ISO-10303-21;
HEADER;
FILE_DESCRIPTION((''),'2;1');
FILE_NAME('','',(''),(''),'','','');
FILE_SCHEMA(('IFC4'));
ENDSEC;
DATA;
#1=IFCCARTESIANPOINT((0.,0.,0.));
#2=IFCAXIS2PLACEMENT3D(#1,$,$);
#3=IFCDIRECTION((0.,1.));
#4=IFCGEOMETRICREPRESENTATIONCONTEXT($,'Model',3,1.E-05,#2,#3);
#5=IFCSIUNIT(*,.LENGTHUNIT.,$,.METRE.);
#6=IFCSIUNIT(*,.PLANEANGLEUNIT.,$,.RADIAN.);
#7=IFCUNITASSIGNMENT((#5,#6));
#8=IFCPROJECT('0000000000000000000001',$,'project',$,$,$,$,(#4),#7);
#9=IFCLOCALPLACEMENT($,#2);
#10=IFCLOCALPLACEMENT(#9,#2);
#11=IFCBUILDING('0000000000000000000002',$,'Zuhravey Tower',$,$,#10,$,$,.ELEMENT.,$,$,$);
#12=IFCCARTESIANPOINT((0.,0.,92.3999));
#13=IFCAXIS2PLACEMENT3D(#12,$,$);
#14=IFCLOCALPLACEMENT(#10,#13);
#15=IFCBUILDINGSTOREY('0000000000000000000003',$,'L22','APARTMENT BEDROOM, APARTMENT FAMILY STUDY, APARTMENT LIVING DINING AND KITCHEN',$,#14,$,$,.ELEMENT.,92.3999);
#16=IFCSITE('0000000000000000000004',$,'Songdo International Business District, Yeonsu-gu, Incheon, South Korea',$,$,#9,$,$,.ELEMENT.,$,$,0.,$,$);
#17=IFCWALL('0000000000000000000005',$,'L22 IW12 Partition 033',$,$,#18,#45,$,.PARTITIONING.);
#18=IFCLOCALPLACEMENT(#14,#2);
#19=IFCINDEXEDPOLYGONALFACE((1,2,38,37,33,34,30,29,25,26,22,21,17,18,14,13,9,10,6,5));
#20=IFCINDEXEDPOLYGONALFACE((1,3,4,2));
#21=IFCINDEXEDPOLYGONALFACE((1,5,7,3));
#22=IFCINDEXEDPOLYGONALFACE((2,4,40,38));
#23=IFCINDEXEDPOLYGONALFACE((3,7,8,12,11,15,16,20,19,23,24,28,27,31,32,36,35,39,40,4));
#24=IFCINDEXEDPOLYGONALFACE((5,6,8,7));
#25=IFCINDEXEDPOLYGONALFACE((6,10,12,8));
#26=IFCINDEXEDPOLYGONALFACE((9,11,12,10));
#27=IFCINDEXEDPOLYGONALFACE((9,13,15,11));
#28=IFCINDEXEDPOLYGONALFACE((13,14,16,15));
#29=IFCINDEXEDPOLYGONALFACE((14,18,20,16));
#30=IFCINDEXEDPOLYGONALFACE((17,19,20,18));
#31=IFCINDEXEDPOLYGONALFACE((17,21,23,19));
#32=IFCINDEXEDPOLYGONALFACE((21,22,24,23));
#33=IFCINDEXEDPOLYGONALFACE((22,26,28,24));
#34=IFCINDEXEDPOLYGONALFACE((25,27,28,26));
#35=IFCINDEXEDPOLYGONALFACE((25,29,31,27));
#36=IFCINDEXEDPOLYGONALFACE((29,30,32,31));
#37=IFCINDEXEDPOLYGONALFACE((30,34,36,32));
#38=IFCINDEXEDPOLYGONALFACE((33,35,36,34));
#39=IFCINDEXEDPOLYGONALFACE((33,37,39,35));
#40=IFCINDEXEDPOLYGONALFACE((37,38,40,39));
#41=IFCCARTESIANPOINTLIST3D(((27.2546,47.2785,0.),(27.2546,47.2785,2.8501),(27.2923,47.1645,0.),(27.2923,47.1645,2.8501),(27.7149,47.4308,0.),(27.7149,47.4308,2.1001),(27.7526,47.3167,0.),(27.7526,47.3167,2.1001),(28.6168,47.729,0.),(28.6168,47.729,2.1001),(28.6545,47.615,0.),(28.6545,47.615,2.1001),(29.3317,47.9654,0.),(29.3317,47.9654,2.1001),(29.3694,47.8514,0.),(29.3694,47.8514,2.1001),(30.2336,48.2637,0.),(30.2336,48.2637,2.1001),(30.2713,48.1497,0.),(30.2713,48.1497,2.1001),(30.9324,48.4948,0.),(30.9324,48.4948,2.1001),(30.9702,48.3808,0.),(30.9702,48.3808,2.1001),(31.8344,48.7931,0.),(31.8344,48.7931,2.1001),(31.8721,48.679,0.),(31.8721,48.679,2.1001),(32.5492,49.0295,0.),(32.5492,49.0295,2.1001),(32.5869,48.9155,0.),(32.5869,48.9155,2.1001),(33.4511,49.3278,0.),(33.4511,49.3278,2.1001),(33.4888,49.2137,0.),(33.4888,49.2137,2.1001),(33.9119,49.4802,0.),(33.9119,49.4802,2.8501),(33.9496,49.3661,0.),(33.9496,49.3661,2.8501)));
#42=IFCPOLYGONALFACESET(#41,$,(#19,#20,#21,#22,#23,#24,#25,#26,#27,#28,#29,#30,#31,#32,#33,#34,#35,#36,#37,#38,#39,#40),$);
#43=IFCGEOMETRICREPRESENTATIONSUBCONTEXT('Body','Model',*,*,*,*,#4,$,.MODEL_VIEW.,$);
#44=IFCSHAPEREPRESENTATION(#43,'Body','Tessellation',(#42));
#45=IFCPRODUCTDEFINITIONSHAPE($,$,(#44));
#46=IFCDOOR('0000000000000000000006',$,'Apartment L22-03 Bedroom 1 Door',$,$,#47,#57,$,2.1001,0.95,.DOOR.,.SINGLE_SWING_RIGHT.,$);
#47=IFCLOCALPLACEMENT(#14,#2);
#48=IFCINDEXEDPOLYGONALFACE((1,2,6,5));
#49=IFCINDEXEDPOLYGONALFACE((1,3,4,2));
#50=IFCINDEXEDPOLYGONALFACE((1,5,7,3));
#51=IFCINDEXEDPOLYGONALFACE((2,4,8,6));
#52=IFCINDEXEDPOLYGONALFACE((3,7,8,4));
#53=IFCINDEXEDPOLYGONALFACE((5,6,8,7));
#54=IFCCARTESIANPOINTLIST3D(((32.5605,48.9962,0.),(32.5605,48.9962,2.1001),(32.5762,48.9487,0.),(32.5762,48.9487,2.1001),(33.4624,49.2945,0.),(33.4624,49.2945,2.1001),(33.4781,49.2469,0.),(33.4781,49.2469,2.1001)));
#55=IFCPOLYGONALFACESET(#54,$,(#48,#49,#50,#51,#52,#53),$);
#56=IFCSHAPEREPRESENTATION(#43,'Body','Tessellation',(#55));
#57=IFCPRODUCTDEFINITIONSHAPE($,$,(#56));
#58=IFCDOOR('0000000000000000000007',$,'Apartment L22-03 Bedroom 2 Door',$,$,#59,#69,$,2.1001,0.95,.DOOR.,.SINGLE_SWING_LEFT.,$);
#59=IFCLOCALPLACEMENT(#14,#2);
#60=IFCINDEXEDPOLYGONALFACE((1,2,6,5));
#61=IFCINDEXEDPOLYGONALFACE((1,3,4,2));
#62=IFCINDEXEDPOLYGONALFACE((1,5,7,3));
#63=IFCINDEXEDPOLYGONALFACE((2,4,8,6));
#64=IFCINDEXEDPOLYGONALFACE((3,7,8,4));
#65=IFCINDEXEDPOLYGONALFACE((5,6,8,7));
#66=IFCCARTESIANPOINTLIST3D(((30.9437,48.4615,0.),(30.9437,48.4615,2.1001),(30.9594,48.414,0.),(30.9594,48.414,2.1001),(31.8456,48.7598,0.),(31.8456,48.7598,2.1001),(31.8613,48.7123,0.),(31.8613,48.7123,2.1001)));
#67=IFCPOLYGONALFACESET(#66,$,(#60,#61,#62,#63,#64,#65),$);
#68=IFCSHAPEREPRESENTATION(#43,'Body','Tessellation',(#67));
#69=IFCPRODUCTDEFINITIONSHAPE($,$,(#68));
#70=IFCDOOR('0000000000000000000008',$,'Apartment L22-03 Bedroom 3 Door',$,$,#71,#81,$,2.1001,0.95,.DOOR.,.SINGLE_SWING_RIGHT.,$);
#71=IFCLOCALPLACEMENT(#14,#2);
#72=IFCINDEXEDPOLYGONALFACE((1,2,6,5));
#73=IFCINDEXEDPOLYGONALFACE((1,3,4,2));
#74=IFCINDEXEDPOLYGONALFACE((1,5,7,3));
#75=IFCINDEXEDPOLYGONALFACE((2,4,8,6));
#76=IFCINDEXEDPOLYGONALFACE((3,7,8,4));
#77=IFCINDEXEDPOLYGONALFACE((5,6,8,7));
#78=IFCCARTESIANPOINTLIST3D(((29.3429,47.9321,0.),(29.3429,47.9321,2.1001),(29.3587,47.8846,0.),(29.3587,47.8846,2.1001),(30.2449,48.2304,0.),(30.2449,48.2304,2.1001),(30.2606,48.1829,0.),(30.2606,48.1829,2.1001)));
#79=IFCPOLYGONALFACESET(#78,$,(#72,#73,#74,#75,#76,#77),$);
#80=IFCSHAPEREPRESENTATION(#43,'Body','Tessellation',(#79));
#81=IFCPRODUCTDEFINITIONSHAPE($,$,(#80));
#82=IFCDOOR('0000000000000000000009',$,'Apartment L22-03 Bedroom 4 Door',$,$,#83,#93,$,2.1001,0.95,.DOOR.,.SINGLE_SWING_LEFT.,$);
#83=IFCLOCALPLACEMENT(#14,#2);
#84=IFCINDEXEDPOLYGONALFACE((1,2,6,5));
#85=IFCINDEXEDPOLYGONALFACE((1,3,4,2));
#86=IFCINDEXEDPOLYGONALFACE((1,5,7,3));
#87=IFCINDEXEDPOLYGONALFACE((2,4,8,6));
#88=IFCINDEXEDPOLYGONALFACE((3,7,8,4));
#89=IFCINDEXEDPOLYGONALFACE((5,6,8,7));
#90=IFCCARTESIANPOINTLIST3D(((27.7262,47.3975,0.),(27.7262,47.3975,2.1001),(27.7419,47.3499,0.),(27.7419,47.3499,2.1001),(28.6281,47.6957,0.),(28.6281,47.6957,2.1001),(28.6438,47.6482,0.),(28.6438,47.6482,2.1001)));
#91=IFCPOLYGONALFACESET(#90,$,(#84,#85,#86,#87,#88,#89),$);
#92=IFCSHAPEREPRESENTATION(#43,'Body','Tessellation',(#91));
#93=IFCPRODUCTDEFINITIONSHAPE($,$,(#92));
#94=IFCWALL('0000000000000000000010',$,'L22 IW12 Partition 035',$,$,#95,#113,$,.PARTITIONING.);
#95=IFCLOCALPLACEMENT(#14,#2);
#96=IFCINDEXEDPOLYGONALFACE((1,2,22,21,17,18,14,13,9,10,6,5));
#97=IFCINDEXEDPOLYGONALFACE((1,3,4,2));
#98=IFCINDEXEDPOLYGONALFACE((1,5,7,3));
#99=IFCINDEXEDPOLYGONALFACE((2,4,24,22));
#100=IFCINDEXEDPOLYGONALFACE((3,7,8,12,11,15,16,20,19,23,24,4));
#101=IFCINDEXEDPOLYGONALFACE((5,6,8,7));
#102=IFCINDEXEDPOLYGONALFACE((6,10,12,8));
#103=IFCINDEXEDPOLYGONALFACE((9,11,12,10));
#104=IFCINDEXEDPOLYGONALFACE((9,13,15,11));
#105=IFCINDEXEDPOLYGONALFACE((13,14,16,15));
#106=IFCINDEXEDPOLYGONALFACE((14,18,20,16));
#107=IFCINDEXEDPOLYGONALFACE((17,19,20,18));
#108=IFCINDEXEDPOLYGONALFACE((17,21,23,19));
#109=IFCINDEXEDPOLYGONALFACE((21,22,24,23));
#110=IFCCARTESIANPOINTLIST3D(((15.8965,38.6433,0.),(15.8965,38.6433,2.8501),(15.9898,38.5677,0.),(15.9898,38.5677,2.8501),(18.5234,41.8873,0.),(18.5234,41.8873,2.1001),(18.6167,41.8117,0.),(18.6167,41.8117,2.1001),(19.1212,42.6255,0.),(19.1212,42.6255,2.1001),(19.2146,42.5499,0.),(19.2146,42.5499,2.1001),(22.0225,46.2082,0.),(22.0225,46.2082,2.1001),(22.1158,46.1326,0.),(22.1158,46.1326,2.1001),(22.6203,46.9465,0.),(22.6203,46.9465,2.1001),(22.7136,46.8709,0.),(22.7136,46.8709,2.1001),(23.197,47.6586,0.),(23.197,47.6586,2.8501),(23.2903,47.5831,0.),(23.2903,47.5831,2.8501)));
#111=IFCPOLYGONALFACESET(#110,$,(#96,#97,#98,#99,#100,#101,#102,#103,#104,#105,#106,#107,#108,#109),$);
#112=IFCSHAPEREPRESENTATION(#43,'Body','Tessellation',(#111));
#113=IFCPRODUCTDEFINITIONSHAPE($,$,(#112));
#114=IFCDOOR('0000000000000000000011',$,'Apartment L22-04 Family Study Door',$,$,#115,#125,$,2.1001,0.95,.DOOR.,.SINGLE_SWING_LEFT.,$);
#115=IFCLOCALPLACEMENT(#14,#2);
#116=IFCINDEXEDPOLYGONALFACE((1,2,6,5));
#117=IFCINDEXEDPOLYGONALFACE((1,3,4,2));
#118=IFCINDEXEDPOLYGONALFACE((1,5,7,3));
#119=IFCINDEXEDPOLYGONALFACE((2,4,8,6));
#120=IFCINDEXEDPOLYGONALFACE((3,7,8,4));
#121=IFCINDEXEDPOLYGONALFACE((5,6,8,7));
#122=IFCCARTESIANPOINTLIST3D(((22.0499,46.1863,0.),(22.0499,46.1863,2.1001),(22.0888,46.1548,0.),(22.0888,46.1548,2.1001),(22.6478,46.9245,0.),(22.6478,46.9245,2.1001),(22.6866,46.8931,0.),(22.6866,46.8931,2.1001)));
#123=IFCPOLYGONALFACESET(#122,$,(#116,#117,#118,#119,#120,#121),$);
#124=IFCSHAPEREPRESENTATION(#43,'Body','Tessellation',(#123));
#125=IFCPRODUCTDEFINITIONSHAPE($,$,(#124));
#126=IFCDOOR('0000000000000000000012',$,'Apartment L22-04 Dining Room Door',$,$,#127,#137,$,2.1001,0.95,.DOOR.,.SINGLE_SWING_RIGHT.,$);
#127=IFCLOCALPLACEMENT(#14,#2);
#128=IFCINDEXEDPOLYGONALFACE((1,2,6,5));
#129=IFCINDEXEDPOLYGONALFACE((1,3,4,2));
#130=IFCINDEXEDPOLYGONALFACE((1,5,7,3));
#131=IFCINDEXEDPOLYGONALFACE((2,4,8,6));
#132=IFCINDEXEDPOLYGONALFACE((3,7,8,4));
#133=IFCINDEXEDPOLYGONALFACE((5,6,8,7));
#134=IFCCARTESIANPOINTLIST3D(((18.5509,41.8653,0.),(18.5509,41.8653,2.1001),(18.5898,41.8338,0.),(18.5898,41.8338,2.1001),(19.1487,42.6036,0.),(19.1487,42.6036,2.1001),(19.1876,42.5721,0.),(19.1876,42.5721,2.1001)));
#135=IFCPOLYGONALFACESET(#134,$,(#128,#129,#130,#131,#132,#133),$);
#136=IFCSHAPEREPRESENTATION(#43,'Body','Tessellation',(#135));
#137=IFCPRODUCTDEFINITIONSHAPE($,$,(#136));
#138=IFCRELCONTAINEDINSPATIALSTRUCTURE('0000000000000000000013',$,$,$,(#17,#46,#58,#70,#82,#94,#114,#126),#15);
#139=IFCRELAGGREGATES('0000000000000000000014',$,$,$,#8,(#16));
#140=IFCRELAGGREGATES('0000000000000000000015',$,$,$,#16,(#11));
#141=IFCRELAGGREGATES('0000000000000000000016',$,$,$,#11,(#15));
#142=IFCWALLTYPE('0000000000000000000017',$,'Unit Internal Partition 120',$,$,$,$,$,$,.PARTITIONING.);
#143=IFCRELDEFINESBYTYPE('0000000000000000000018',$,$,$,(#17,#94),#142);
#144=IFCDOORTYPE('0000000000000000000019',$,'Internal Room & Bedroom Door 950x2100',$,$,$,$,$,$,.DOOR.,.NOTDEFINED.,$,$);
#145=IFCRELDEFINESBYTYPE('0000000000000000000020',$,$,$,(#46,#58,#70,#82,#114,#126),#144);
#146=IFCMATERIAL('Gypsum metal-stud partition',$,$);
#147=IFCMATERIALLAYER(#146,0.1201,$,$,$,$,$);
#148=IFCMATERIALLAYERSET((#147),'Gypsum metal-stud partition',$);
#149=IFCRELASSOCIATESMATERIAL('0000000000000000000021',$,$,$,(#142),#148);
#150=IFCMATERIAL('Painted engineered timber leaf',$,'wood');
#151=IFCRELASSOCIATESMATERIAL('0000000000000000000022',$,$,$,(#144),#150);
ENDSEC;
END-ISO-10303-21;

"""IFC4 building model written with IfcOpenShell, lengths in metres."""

from ifc_helpers import new_model, si_unit, direction, frame, frame_2d, origin, place, context, subcontext, project, spatial, rectangle, extrude, material, layer, layer_set, type_object, element, fill, save


model = new_model("IFC4")

# Units and contexts
model_context = context("Model", 3, precision=1e-05, world=origin(), true_north=direction((0.0, 1.0)))
body_context = subcontext(model_context, "Body", "Model", "MODEL_VIEW")
ifc_project = project(units=[si_unit("LENGTHUNIT", "METRE"), si_unit("PLANEANGLEUNIT", "RADIAN")], contexts=[model_context])

# Site, building, storey
site_placement = place(None, origin())
site = spatial("IfcSite", under=ifc_project, at=site_placement, Name="Songdo International Business District, Yeonsu-gu, Incheon, South Korea", CompositionType="ELEMENT", RefElevation=0.0)
building_placement = place(site_placement, origin())
building = spatial("IfcBuilding", under=site, at=building_placement, Name="Zuhravey Tower", CompositionType="ELEMENT")
storey_placement = place(building_placement, frame((0.0, 0.0, 92.3999)))
storey = spatial("IfcBuildingStorey", under=building, at=storey_placement, Name="L22", Description="APARTMENT BEDROOM, APARTMENT FAMILY STUDY, APARTMENT LIVING DINING AND KITCHEN", CompositionType="ELEMENT", Elevation=92.3999)

# Walls, openings, doors
ifc_material_1 = material(Name="Gypsum metal-stud partition")
ifc_layer_1 = layer(ifc_material_1, 0.1201)
ifc_layer_set_1 = layer_set([ifc_layer_1], Name="Gypsum metal-stud partition")
wall_type_1 = type_object("IfcWallType", Name="Unit Internal Partition 120", PredefinedType="PARTITIONING", material=ifc_layer_set_1)
ifc_material_2 = material(Name="Painted engineered timber leaf", Category="wood")
door_type_1 = type_object("IfcDoorType", Name="Internal Room & Bedroom Door 950x2100", OperationType="NOTDEFINED", PredefinedType="DOOR", material=ifc_material_2)
wall_1_placement = place(storey_placement, frame((33.9307, 49.4231, 0.0), z_axis=(0.0, 0.0, 1.0), x_axis=(-0.949429, -0.313981, 0.0)))
wall_1 = element("IfcWall", 1, at=wall_1_placement, inside=storey, type_object=wall_type_1, Name="L22 IW12 Partition 033", PredefinedType="PARTITIONING", context=body_context, shape_type="SweptSolid", body=[
    extrude(rectangle(XDim=7.012, YDim=0.1201, at=frame_2d((3.5059, 0.0))), origin(), (0.0, 0.0, 1.0), 2.8501),
])
opening_1_placement = place(wall_1_placement, frame((0.4851, 0.0, 0.0)))
opening_1 = element("IfcOpeningElement", 2, at=opening_1_placement, cuts=wall_1, PredefinedType="OPENING", context=body_context, shape_type="SweptSolid", body=[
    extrude(rectangle(XDim=0.95, YDim=2.1001, at=frame_2d((0.4751, 1.05))), frame((0.0, 0.072, 0.0), z_axis=(0.0, -1.0, 0.0), x_axis=(1.0, 0.0, 0.0)), (0.0, 0.0, 1.0), 0.144),
])
opening_2_placement = place(wall_1_placement, frame((2.188, 0.0, 0.0)))
opening_2 = element("IfcOpeningElement", 3, at=opening_2_placement, cuts=wall_1, PredefinedType="OPENING", context=body_context, shape_type="SweptSolid", body=[
    extrude(rectangle(XDim=0.95, YDim=2.1001, at=frame_2d((0.4751, 1.05))), frame((0.0, 0.072, 0.0), z_axis=(0.0, -1.0, 0.0), x_axis=(1.0, 0.0, 0.0)), (0.0, 0.0, 1.0), 0.144),
])
opening_3_placement = place(wall_1_placement, frame((3.874, 0.0, 0.0)))
opening_3 = element("IfcOpeningElement", 4, at=opening_3_placement, cuts=wall_1, PredefinedType="OPENING", context=body_context, shape_type="SweptSolid", body=[
    extrude(rectangle(XDim=0.95, YDim=2.1001, at=frame_2d((0.4751, 1.05))), frame((0.0, 0.072, 0.0), z_axis=(0.0, -1.0, 0.0), x_axis=(1.0, 0.0, 0.0)), (0.0, 0.0, 1.0), 0.144),
])
opening_4_placement = place(wall_1_placement, frame((5.5769, 0.0, 0.0)))
opening_4 = element("IfcOpeningElement", 5, at=opening_4_placement, cuts=wall_1, PredefinedType="OPENING", context=body_context, shape_type="SweptSolid", body=[
    extrude(rectangle(XDim=0.95, YDim=2.1001, at=frame_2d((0.4751, 1.05))), frame((0.0, 0.072, 0.0), z_axis=(0.0, -1.0, 0.0), x_axis=(1.0, 0.0, 0.0)), (0.0, 0.0, 1.0), 0.144),
])
door_1_placement = place(opening_1_placement, frame((0.95, 0.0, 0.0), z_axis=(0.0, 0.0, 1.0), x_axis=(-1.0, 0.0, 0.0)))
door_1 = element("IfcDoor", 6, at=door_1_placement, inside=storey, type_object=door_type_1, Name="Apartment L22-03 Bedroom 1 Door", OperationType="SINGLE_SWING_RIGHT", OverallHeight=2.1001, OverallWidth=0.95, PredefinedType="DOOR", context=body_context, shape_type="SweptSolid", body=[
    extrude(rectangle(XDim=0.95, YDim=2.1001, at=frame_2d((0.4751, 1.05))), frame((0.0, 0.0249, 0.0), z_axis=(0.0, -1.0, 0.0), x_axis=(1.0, 0.0, 0.0)), (0.0, 0.0, 1.0), 0.05),
])
fill(opening_1, door_1)
door_2_placement = place(opening_2_placement, frame((0.95, 0.0, 0.0), z_axis=(0.0, 0.0, 1.0), x_axis=(-1.0, 0.0, 0.0)))
door_2 = element("IfcDoor", 7, at=door_2_placement, inside=storey, type_object=door_type_1, Name="Apartment L22-03 Bedroom 2 Door", OperationType="SINGLE_SWING_LEFT", OverallHeight=2.1001, OverallWidth=0.95, PredefinedType="DOOR", context=body_context, shape_type="SweptSolid", body=[
    extrude(rectangle(XDim=0.95, YDim=2.1001, at=frame_2d((0.4751, 1.05))), frame((0.0, 0.0249, 0.0), z_axis=(0.0, -1.0, 0.0), x_axis=(1.0, 0.0, 0.0)), (0.0, 0.0, 1.0), 0.05),
])
fill(opening_2, door_2)
door_3_placement = place(opening_3_placement, frame((0.95, 0.0, 0.0), z_axis=(0.0, 0.0, 1.0), x_axis=(-1.0, 0.0, 0.0)))
door_3 = element("IfcDoor", 8, at=door_3_placement, inside=storey, type_object=door_type_1, Name="Apartment L22-03 Bedroom 3 Door", OperationType="SINGLE_SWING_RIGHT", OverallHeight=2.1001, OverallWidth=0.95, PredefinedType="DOOR", context=body_context, shape_type="SweptSolid", body=[
    extrude(rectangle(XDim=0.95, YDim=2.1001, at=frame_2d((0.4751, 1.05))), frame((0.0, 0.0249, 0.0), z_axis=(0.0, -1.0, 0.0), x_axis=(1.0, 0.0, 0.0)), (0.0, 0.0, 1.0), 0.05),
])
fill(opening_3, door_3)
door_4_placement = place(opening_4_placement, frame((0.95, 0.0, 0.0), z_axis=(0.0, 0.0, 1.0), x_axis=(-1.0, 0.0, 0.0)))
door_4 = element("IfcDoor", 9, at=door_4_placement, inside=storey, type_object=door_type_1, Name="Apartment L22-03 Bedroom 4 Door", OperationType="SINGLE_SWING_LEFT", OverallHeight=2.1001, OverallWidth=0.95, PredefinedType="DOOR", context=body_context, shape_type="SweptSolid", body=[
    extrude(rectangle(XDim=0.95, YDim=2.1001, at=frame_2d((0.4751, 1.05))), frame((0.0, 0.0249, 0.0), z_axis=(0.0, -1.0, 0.0), x_axis=(1.0, 0.0, 0.0)), (0.0, 0.0, 1.0), 0.05),
])
fill(opening_4, door_4)
wall_2_placement = place(storey_placement, frame((23.2437, 47.6208, 0.0), z_axis=(0.0, 0.0, 1.0), x_axis=(-0.629322, -0.777145, 0.0)))
wall_2 = element("IfcWall", 10, at=wall_2_placement, inside=storey, type_object=wall_type_1, Name="L22 IW12 Partition 035", PredefinedType="PARTITIONING", context=body_context, shape_type="SweptSolid", body=[
    extrude(rectangle(XDim=11.6006, YDim=0.1201, at=frame_2d((5.8003, 0.0))), origin(), (0.0, 0.0, 1.0), 2.8501),
])
opening_5_placement = place(wall_2_placement, frame((0.9163, 0.0, 0.0)))
opening_5 = element("IfcOpeningElement", 11, at=opening_5_placement, cuts=wall_2, PredefinedType="OPENING", context=body_context, shape_type="SweptSolid", body=[
    extrude(rectangle(XDim=0.95, YDim=2.1001, at=frame_2d((0.4751, 1.05))), frame((0.0, 0.072, 0.0), z_axis=(0.0, -1.0, 0.0), x_axis=(1.0, 0.0, 0.0)), (0.0, 0.0, 1.0), 0.144),
])
opening_6_placement = place(wall_2_placement, frame((6.4763, 0.0, 0.0)))
opening_6 = element("IfcOpeningElement", 12, at=opening_6_placement, cuts=wall_2, PredefinedType="OPENING", context=body_context, shape_type="SweptSolid", body=[
    extrude(rectangle(XDim=0.95, YDim=2.1001, at=frame_2d((0.4751, 1.05))), frame((0.0, 0.072, 0.0), z_axis=(0.0, -1.0, 0.0), x_axis=(1.0, 0.0, 0.0)), (0.0, 0.0, 1.0), 0.144),
])
door_5_placement = place(opening_5_placement, frame((0.95, 0.0, 0.0), z_axis=(0.0, 0.0, 1.0), x_axis=(-1.0, 0.0, 0.0)))
door_5 = element("IfcDoor", 13, at=door_5_placement, inside=storey, type_object=door_type_1, Name="Apartment L22-04 Family Study Door", OperationType="SINGLE_SWING_LEFT", OverallHeight=2.1001, OverallWidth=0.95, PredefinedType="DOOR", context=body_context, shape_type="SweptSolid", body=[
    extrude(rectangle(XDim=0.95, YDim=2.1001, at=frame_2d((0.4751, 1.05))), frame((0.0, 0.0249, 0.0), z_axis=(0.0, -1.0, 0.0), x_axis=(1.0, 0.0, 0.0)), (0.0, 0.0, 1.0), 0.05),
])
fill(opening_5, door_5)
door_6_placement = place(opening_6_placement, frame((0.95, 0.0, 0.0), z_axis=(0.0, 0.0, 1.0), x_axis=(-1.0, 0.0, 0.0)))
door_6 = element("IfcDoor", 14, at=door_6_placement, inside=storey, type_object=door_type_1, Name="Apartment L22-04 Dining Room Door", OperationType="SINGLE_SWING_RIGHT", OverallHeight=2.1001, OverallWidth=0.95, PredefinedType="DOOR", context=body_context, shape_type="SweptSolid", body=[
    extrude(rectangle(XDim=0.95, YDim=2.1001, at=frame_2d((0.4751, 1.05))), frame((0.0, 0.0249, 0.0), z_axis=(0.0, -1.0, 0.0), x_axis=(1.0, 0.0, 0.0)), (0.0, 0.0, 1.0), 0.05),
])
fill(opening_6, door_6)

save(model, "model.ifc")
